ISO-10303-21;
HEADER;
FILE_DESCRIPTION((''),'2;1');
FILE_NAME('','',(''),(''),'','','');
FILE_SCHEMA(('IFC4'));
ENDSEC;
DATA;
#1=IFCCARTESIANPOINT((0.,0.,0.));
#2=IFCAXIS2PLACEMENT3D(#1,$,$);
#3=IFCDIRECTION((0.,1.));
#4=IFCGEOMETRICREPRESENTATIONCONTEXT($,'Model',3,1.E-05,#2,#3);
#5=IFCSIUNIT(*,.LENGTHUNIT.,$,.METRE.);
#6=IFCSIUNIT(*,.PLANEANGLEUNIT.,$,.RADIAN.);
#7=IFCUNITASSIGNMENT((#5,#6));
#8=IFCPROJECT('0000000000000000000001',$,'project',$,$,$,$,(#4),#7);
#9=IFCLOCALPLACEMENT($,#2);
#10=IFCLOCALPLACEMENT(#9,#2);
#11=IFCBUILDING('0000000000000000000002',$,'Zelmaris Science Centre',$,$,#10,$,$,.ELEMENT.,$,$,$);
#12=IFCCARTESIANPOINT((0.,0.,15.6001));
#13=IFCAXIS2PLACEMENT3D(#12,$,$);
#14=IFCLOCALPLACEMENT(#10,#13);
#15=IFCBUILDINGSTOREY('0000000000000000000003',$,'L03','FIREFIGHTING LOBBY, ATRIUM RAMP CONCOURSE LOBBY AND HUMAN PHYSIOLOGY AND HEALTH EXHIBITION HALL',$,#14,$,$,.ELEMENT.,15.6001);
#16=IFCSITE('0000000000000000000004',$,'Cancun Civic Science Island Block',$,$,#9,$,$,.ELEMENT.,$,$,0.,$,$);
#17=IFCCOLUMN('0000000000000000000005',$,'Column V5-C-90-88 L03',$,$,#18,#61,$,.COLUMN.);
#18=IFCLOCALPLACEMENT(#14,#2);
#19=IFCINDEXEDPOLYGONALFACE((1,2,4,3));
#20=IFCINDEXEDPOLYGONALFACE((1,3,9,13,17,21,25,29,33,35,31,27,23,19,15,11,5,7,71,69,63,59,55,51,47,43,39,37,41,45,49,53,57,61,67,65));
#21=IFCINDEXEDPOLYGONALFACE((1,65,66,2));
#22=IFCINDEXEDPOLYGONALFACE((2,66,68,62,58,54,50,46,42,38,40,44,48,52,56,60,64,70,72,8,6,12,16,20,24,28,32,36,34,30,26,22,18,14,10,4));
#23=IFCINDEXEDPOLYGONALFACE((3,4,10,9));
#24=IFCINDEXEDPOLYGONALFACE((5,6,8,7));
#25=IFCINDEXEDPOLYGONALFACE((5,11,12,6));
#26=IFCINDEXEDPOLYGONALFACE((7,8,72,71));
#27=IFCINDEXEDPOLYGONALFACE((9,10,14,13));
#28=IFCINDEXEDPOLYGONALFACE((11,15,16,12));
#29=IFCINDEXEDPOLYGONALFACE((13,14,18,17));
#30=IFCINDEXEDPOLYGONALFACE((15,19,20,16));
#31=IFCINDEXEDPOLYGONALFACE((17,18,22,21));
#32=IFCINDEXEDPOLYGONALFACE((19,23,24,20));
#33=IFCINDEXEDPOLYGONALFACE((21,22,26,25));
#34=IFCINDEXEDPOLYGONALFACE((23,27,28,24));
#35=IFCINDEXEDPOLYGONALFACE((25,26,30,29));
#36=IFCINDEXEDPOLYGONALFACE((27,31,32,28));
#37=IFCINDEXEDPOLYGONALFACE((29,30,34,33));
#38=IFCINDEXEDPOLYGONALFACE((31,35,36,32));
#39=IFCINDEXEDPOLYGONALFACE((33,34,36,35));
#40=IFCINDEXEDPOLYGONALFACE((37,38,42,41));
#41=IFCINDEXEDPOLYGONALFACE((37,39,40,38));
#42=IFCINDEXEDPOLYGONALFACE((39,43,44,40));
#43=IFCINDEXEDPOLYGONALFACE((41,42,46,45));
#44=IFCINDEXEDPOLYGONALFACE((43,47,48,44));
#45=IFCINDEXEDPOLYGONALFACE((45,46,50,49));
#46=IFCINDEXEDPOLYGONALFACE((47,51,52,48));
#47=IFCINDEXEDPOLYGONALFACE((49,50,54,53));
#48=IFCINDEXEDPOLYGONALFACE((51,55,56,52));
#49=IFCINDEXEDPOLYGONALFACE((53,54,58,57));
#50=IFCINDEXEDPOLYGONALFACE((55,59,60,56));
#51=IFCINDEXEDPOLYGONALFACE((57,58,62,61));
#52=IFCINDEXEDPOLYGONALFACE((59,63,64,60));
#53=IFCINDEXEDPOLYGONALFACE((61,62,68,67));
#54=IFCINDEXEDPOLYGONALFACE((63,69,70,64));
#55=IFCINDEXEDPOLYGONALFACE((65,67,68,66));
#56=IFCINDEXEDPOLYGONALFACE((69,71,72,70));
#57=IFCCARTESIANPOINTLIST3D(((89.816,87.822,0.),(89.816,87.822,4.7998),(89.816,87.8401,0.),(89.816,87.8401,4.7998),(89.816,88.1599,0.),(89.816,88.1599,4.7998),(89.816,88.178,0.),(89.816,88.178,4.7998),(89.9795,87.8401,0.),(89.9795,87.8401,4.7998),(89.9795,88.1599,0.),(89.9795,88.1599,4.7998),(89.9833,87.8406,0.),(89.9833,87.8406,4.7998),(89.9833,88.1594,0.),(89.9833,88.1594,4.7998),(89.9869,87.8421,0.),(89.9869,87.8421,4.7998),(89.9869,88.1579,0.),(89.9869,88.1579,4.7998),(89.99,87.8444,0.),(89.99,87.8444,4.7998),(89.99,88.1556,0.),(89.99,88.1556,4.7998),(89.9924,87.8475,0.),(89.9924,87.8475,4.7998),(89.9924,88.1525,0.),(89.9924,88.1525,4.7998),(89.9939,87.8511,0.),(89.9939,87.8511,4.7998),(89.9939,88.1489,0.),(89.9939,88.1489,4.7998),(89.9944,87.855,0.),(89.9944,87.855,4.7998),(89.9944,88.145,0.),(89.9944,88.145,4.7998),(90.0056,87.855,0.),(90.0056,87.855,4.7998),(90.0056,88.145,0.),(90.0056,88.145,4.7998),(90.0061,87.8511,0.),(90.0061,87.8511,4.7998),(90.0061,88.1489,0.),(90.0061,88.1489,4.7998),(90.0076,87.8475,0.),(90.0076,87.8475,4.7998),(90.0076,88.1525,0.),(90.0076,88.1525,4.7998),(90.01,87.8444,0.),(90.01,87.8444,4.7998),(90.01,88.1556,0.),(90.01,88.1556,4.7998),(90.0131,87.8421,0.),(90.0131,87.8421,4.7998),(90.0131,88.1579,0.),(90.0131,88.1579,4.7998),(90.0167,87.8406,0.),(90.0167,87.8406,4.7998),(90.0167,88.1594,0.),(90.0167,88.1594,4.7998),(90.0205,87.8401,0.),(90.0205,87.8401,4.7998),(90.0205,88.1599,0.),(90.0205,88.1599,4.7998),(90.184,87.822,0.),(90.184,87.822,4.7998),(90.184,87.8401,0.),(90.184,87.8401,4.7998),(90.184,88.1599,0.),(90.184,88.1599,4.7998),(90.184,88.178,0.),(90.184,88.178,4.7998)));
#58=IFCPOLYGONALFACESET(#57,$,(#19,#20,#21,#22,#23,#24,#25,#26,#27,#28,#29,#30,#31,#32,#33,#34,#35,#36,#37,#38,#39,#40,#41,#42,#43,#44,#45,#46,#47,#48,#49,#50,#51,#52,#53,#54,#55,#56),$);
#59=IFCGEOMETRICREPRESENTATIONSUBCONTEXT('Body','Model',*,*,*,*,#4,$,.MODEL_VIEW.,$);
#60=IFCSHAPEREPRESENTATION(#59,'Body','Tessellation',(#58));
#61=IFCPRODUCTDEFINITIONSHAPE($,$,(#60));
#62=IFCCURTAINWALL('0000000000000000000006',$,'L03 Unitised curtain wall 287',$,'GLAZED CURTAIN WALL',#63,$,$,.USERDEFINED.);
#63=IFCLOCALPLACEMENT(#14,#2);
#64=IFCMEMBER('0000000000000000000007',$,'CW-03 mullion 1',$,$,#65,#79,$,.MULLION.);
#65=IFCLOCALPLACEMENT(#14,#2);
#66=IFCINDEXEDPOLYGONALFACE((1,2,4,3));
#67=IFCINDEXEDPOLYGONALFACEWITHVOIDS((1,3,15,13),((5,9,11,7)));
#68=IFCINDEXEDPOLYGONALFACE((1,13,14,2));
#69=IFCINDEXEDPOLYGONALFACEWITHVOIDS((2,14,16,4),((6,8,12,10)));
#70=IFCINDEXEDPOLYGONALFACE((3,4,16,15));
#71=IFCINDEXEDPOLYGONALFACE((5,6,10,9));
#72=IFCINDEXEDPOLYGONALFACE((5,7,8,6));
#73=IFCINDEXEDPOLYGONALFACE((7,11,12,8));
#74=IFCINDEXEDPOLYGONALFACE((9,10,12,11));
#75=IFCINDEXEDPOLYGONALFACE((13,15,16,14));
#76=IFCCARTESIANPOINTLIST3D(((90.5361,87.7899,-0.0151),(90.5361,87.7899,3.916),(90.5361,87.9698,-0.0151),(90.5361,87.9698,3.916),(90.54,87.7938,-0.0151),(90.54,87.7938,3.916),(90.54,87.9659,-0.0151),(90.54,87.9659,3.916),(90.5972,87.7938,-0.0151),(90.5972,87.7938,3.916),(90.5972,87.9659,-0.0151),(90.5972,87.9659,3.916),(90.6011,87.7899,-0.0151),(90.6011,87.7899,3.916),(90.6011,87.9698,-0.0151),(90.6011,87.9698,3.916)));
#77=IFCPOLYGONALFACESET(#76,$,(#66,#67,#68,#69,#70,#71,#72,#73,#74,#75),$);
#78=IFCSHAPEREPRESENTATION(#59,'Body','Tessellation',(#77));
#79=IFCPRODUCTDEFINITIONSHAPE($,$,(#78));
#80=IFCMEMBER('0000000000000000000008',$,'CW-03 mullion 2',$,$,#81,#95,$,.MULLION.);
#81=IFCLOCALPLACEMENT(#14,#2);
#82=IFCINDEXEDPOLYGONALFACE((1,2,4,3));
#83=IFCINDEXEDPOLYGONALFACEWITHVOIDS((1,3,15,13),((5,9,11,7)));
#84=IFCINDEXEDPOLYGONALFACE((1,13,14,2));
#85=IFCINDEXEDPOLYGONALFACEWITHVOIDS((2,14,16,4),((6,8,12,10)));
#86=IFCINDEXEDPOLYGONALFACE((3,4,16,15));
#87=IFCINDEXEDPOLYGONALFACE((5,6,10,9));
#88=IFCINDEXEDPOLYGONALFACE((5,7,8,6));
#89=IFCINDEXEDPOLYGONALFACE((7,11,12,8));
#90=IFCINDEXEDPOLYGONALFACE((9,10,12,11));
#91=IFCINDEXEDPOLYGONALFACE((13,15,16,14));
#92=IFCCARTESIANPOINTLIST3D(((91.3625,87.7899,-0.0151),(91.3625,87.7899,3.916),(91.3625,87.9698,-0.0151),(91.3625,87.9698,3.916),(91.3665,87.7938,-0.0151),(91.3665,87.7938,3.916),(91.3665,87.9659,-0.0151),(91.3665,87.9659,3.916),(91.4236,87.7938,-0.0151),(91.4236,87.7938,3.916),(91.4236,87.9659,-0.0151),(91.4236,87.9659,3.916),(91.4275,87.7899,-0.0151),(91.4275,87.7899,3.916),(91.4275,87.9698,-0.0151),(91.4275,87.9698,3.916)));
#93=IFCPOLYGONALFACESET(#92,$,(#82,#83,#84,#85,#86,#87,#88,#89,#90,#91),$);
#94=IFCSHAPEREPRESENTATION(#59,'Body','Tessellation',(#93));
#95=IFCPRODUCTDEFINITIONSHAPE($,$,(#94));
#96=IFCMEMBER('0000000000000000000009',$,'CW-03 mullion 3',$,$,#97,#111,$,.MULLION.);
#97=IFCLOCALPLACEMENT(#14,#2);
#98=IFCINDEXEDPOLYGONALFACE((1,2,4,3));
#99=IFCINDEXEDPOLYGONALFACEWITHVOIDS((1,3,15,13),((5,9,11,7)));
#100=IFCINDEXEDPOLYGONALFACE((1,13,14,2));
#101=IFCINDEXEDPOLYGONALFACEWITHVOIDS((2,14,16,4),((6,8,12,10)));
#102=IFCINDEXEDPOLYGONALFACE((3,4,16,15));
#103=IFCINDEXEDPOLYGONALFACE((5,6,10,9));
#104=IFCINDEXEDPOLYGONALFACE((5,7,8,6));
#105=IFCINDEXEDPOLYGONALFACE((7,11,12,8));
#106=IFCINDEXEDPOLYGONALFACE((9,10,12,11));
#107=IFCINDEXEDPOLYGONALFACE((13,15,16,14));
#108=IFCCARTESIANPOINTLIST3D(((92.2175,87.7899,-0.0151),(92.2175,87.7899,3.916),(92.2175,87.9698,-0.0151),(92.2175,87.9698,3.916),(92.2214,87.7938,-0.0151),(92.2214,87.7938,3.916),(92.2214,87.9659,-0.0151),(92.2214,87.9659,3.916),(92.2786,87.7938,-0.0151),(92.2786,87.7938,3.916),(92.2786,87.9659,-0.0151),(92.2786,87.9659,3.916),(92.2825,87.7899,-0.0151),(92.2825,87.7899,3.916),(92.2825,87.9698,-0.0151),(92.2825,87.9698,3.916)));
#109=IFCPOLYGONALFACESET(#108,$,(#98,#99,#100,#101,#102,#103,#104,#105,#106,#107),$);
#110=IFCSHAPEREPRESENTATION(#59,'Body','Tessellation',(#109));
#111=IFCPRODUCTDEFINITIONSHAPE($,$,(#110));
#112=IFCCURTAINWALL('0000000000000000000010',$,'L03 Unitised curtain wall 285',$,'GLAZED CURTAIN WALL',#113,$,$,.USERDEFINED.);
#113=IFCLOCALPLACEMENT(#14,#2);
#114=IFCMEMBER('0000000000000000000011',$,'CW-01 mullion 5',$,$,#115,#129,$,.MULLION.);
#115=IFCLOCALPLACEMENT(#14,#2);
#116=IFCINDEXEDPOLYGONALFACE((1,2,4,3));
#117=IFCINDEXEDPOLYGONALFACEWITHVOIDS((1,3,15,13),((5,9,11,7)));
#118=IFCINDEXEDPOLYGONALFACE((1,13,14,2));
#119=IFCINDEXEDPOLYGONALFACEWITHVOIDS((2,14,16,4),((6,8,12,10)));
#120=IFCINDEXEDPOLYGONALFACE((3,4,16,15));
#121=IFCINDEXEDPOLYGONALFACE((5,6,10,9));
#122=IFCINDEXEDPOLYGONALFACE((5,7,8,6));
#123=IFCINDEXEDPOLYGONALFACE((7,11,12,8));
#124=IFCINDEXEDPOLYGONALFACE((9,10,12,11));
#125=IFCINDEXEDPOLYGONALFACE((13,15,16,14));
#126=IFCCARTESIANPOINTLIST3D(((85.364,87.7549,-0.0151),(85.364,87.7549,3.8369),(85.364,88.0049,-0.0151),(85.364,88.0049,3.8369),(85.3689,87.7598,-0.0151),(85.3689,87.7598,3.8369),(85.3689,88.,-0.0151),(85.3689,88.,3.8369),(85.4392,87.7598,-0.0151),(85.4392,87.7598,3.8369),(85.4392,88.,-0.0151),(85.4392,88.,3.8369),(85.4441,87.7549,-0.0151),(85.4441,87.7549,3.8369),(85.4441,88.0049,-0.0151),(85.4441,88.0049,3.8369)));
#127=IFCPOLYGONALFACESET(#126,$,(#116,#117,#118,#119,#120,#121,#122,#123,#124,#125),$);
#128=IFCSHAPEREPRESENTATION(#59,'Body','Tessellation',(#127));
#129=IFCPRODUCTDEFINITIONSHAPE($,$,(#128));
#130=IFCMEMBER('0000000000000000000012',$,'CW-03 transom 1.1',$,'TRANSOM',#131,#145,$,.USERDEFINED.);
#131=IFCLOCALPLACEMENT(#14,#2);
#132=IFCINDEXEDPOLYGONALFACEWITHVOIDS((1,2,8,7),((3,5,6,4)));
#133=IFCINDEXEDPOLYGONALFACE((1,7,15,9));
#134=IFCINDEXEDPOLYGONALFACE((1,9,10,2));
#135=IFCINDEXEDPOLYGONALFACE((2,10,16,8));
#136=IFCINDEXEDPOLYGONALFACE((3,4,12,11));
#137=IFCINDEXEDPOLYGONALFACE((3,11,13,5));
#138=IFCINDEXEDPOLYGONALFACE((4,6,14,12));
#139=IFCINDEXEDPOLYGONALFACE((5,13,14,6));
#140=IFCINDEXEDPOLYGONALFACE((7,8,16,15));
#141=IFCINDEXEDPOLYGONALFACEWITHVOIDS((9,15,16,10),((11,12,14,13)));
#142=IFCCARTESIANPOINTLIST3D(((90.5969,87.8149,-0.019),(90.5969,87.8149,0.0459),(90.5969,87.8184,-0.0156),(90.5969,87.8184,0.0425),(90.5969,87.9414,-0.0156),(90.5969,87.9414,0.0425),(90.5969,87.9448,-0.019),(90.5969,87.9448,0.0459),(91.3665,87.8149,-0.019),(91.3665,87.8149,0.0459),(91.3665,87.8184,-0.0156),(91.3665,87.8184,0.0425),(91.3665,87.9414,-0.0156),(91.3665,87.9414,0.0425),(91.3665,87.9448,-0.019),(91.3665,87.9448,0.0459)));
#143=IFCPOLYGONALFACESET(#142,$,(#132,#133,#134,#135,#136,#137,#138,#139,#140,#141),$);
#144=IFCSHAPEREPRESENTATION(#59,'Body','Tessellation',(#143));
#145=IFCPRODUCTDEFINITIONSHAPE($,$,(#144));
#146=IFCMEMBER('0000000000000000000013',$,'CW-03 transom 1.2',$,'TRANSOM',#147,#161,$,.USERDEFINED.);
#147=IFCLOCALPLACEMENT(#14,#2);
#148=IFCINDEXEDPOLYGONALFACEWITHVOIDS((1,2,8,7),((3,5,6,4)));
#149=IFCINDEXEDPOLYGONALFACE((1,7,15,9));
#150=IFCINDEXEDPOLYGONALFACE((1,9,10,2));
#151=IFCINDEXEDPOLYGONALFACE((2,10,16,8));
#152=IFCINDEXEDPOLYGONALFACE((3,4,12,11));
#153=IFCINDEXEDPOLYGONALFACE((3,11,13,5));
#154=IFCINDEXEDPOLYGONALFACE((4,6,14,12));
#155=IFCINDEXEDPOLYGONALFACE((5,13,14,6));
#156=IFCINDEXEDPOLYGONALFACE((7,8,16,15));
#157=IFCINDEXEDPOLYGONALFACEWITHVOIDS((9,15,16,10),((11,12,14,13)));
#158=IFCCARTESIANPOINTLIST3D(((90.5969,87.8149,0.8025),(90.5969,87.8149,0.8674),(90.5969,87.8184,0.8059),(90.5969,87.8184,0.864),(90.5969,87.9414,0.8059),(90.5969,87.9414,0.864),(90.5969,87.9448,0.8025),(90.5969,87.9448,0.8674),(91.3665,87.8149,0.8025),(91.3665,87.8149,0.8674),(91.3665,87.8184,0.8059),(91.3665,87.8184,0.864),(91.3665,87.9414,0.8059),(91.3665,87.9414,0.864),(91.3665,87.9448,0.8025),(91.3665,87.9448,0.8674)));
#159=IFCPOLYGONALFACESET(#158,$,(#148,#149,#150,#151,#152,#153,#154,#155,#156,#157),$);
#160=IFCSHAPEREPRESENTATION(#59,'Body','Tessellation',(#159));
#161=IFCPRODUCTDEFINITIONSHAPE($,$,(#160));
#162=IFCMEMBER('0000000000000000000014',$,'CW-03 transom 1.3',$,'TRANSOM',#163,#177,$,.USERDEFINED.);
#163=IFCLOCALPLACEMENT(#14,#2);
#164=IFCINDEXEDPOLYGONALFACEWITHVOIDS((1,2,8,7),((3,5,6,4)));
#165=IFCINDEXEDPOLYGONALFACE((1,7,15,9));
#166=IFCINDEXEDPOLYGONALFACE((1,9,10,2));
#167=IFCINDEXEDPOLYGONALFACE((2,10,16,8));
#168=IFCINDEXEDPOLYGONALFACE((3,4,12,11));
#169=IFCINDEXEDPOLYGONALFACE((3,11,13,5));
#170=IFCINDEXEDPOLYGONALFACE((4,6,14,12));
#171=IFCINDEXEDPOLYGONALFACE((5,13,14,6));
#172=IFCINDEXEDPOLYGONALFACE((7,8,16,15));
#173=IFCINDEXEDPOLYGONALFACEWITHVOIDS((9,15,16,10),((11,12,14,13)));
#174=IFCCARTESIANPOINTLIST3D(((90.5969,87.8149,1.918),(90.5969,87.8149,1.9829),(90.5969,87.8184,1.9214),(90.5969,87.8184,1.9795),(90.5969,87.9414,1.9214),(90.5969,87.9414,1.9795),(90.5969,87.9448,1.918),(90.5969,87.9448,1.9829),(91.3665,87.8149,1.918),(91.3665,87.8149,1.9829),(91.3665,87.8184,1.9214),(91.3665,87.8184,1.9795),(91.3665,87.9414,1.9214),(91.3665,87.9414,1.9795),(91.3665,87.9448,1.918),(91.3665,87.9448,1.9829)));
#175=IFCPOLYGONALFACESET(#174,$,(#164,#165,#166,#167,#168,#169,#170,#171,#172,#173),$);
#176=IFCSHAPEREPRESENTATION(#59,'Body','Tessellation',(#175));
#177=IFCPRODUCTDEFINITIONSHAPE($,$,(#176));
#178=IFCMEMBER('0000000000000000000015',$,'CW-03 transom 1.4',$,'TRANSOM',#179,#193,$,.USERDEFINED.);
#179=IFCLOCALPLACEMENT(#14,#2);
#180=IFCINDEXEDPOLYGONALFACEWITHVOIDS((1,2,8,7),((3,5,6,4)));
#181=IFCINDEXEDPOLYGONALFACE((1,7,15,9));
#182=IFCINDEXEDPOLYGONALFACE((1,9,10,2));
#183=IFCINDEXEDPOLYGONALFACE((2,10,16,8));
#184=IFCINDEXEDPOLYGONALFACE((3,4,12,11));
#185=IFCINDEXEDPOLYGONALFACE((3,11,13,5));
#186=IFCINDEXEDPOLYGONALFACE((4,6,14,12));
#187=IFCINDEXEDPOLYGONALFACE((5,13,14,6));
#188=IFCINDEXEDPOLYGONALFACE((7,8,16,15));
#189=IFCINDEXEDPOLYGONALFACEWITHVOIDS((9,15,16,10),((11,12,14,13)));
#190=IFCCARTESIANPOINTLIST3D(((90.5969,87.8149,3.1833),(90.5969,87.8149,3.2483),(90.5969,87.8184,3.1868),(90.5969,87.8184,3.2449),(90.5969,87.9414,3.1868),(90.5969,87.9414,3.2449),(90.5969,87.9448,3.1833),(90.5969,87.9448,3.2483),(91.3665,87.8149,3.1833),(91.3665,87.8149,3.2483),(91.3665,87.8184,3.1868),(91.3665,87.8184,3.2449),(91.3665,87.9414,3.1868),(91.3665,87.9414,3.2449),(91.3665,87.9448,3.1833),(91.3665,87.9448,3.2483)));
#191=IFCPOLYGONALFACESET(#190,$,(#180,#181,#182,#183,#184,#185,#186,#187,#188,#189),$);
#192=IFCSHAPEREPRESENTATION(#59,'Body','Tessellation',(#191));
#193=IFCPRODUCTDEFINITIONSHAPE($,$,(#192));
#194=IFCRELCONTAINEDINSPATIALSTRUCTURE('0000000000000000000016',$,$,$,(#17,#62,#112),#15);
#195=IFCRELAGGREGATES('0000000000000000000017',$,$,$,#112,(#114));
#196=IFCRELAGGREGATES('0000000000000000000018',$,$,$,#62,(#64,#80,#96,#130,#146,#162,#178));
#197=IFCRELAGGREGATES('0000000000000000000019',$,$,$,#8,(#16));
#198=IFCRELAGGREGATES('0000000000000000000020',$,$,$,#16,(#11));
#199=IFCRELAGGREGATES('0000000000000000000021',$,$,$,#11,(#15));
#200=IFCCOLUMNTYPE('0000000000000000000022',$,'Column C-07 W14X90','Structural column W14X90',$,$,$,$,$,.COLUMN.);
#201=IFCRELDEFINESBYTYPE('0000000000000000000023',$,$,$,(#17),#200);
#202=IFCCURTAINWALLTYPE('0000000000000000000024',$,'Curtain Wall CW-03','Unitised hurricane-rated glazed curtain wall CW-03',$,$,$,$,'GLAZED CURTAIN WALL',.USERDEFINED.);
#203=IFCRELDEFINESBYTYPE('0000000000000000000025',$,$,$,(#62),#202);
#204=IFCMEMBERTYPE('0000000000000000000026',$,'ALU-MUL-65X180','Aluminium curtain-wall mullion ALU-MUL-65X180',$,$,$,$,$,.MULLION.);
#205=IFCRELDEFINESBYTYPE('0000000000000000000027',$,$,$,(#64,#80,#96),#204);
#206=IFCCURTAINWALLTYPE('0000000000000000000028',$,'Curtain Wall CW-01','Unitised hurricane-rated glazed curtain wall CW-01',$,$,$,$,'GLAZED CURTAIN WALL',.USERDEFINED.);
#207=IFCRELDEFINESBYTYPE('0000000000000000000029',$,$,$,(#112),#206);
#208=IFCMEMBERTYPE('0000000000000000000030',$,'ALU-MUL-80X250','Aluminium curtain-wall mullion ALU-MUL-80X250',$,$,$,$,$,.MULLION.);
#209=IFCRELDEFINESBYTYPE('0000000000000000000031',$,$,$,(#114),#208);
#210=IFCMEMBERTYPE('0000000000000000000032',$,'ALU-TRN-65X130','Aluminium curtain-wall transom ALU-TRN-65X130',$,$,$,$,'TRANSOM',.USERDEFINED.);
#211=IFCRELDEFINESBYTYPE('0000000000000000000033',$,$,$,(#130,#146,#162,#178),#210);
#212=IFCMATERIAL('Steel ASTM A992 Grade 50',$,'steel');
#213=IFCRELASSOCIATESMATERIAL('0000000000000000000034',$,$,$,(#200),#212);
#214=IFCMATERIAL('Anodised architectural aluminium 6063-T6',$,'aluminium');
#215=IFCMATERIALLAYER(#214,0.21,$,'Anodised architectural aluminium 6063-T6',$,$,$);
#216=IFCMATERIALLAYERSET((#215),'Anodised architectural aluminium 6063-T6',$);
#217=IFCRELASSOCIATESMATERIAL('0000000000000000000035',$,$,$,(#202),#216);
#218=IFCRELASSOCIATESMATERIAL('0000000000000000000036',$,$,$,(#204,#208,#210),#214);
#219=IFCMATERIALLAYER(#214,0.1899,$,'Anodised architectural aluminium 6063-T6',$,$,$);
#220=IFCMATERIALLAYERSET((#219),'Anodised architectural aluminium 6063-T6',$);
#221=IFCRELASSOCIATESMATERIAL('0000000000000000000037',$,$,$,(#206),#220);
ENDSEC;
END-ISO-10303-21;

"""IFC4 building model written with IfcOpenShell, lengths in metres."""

from ifc_helpers import new_model, si_unit, direction, frame, origin, origin_2d, place, context, subcontext, project, spatial, hollow_rectangle, i_section, extrude, material, layer, layer_set, material_profile, profile_set, type_object, element, aggregate, save


model = new_model("IFC4")

# Units and contexts
model_context = context("Model", 3, precision=1e-05, world=origin(), true_north=direction((0.0, 1.0)))
body_context = subcontext(model_context, "Body", "Model", "MODEL_VIEW")
ifc_project = project(units=[si_unit("LENGTHUNIT", "METRE"), si_unit("PLANEANGLEUNIT", "RADIAN")], contexts=[model_context])

# Site, building, storey
site_placement = place(None, origin())
site = spatial("IfcSite", under=ifc_project, at=site_placement, Name="Cancun Civic Science Island Block", CompositionType="ELEMENT", RefElevation=0.0)
building_placement = place(site_placement, origin())
building = spatial("IfcBuilding", under=site, at=building_placement, Name="Zelmaris Science Centre", CompositionType="ELEMENT")
storey_placement = place(building_placement, frame((0.0, 0.0, 15.6001)))
storey = spatial("IfcBuildingStorey", under=building, at=storey_placement, Name="L03", Description="FIREFIGHTING LOBBY, ATRIUM RAMP CONCOURSE LOBBY AND HUMAN PHYSIOLOGY AND HEALTH EXHIBITION HALL", CompositionType="ELEMENT", Elevation=15.6001)

# Column
ifc_material_1 = material(Name="Steel ASTM A992 Grade 50", Category="steel")
ifc_material_profile_1 = material_profile(ifc_material_1, i_section(OverallWidth=0.3679, OverallDepth=0.356, WebThickness=0.0112, FlangeThickness=0.0181, FilletRadius=0.0149, at=origin_2d()), Name="W14X90")
ifc_profile_set_1 = profile_set([ifc_material_profile_1], Name="Steel ASTM A992 Grade 50")
column_type = type_object("IfcColumnType", Name="Column C-07 W14X90", Description="Structural column W14X90", PredefinedType="COLUMN", material=ifc_profile_set_1)
column_placement = place(storey_placement, frame((90.0, 88.0, 0.0), z_axis=(0.0, 0.0, 1.0), x_axis=(1.0, 0.0, 0.0)))
element("IfcColumn", 1, at=column_placement, inside=storey, type_object=column_type, Name="Column V5-C-90-88 L03", PredefinedType="COLUMN", context=body_context, shape_type="SweptSolid", body=[
    extrude(i_section(OverallWidth=0.3679, OverallDepth=0.356, WebThickness=0.0112, FlangeThickness=0.0181, FilletRadius=0.0149, at=origin_2d()), origin(), (0.0, 0.0, 1.0), 4.7998),
])

# Curtain wall, members
ifc_material_2 = material(Name="Anodised architectural aluminium 6063-T6", Category="aluminium")
ifc_layer_1 = layer(ifc_material_2, 0.21, Name="Anodised architectural aluminium 6063-T6")
ifc_layer_set_1 = layer_set([ifc_layer_1], Name="Anodised architectural aluminium 6063-T6")
curtain_wall_type_1 = type_object("IfcCurtainWallType", Name="Curtain Wall CW-03", Description="Unitised hurricane-rated glazed curtain wall CW-03", ElementType="GLAZED CURTAIN WALL", PredefinedType="USERDEFINED", material=ifc_layer_set_1)
curtain_wall_1_placement = place(storey_placement, origin())
curtain_wall_1 = element("IfcCurtainWall", 2, at=curtain_wall_1_placement, inside=storey, type_object=curtain_wall_type_1, Name="L03 Unitised curtain wall 287", ObjectType="GLAZED CURTAIN WALL", PredefinedType="USERDEFINED")
ifc_material_profile_2 = material_profile(ifc_material_2, hollow_rectangle(XDim=0.0649, YDim=0.1799, WallThickness=0.0039, at=origin_2d()), Name="ALU-MUL-65X180")
ifc_profile_set_2 = profile_set([ifc_material_profile_2], Name="Anodised architectural aluminium 6063-T6")
member_type_1 = type_object("IfcMemberType", Name="ALU-MUL-65X180", Description="Aluminium curtain-wall mullion ALU-MUL-65X180", PredefinedType="MULLION", material=ifc_profile_set_2)
member_1_placement = place(storey_placement, frame((90.5686, 87.8799, -0.0151), z_axis=(0.0, 0.0, 1.0), x_axis=(1.0, 0.0, 0.0)))
member_1 = element("IfcMember", 3, at=member_1_placement, type_object=member_type_1, Name="CW-03 mullion 1", PredefinedType="MULLION", context=body_context, shape_type="SweptSolid", body=[
    extrude(hollow_rectangle(XDim=0.0649, YDim=0.1799, WallThickness=0.0039, at=origin_2d()), origin(), (0.0, 0.0, 1.0), 3.9312),
])
member_2_placement = place(storey_placement, frame((91.395, 87.8799, -0.0151), z_axis=(0.0, 0.0, 1.0), x_axis=(1.0, 0.0, 0.0)))
member_2 = element("IfcMember", 4, at=member_2_placement, type_object=member_type_1, Name="CW-03 mullion 2", PredefinedType="MULLION", context=body_context, shape_type="SweptSolid", body=[
    extrude(hollow_rectangle(XDim=0.0649, YDim=0.1799, WallThickness=0.0039, at=origin_2d()), origin(), (0.0, 0.0, 1.0), 3.9312),
])
member_3_placement = place(storey_placement, frame((92.25, 87.8799, -0.0151), z_axis=(0.0, 0.0, 1.0), x_axis=(1.0, 0.0, 0.0)))
member_3 = element("IfcMember", 5, at=member_3_placement, type_object=member_type_1, Name="CW-03 mullion 3", PredefinedType="MULLION", context=body_context, shape_type="SweptSolid", body=[
    extrude(hollow_rectangle(XDim=0.0649, YDim=0.1799, WallThickness=0.0039, at=origin_2d()), origin(), (0.0, 0.0, 1.0), 3.9312),
])

# Curtain wall, member
ifc_layer_2 = layer(ifc_material_2, 0.1899, Name="Anodised architectural aluminium 6063-T6")
ifc_layer_set_2 = layer_set([ifc_layer_2], Name="Anodised architectural aluminium 6063-T6")
curtain_wall_type_2 = type_object("IfcCurtainWallType", Name="Curtain Wall CW-01", Description="Unitised hurricane-rated glazed curtain wall CW-01", ElementType="GLAZED CURTAIN WALL", PredefinedType="USERDEFINED", material=ifc_layer_set_2)
curtain_wall_2_placement = place(storey_placement, origin())
curtain_wall_2 = element("IfcCurtainWall", 6, at=curtain_wall_2_placement, inside=storey, type_object=curtain_wall_type_2, Name="L03 Unitised curtain wall 285", ObjectType="GLAZED CURTAIN WALL", PredefinedType="USERDEFINED")
ifc_material_profile_3 = material_profile(ifc_material_2, hollow_rectangle(XDim=0.0801, YDim=0.25, WallThickness=0.0049, at=origin_2d()), Name="ALU-MUL-80X250")
ifc_profile_set_3 = profile_set([ifc_material_profile_3], Name="Anodised architectural aluminium 6063-T6")
member_type_2 = type_object("IfcMemberType", Name="ALU-MUL-80X250", Description="Aluminium curtain-wall mullion ALU-MUL-80X250", PredefinedType="MULLION", material=ifc_profile_set_3)
member_4_placement = place(storey_placement, frame((85.4041, 87.8799, -0.0151), z_axis=(0.0, 0.0, 1.0), x_axis=(1.0, 0.0, 0.0)))
member_4 = element("IfcMember", 7, at=member_4_placement, type_object=member_type_2, Name="CW-01 mullion 5", PredefinedType="MULLION", context=body_context, shape_type="SweptSolid", body=[
    extrude(hollow_rectangle(XDim=0.0801, YDim=0.25, WallThickness=0.0049, at=origin_2d()), origin(), (0.0, 0.0, 1.0), 3.8521),
])

# Members
ifc_material_profile_4 = material_profile(ifc_material_2, hollow_rectangle(XDim=0.0649, YDim=0.1299, WallThickness=0.0034, at=origin_2d()), Name="ALU-TRN-65X130")
ifc_profile_set_4 = profile_set([ifc_material_profile_4], Name="Anodised architectural aluminium 6063-T6")
member_type_3 = type_object("IfcMemberType", Name="ALU-TRN-65X130", Description="Aluminium curtain-wall transom ALU-TRN-65X130", ElementType="TRANSOM", PredefinedType="USERDEFINED", material=ifc_profile_set_4)
member_5_placement = place(storey_placement, frame((90.5969, 87.8799, 0.0134), z_axis=(1.0, 0.0, 0.0), x_axis=(0.0, 0.0, 1.0)))
member_5 = element("IfcMember", 8, at=member_5_placement, type_object=member_type_3, Name="CW-03 transom 1.1", ObjectType="TRANSOM", PredefinedType="USERDEFINED", context=body_context, shape_type="SweptSolid", body=[
    extrude(hollow_rectangle(XDim=0.0649, YDim=0.1299, WallThickness=0.0034, at=origin_2d()), origin(), (0.0, 0.0, 1.0), 0.7695),
])
member_6_placement = place(storey_placement, frame((90.5969, 87.8799, 0.835), z_axis=(1.0, 0.0, 0.0), x_axis=(0.0, 0.0, 1.0)))
member_6 = element("IfcMember", 9, at=member_6_placement, type_object=member_type_3, Name="CW-03 transom 1.2", ObjectType="TRANSOM", PredefinedType="USERDEFINED", context=body_context, shape_type="SweptSolid", body=[
    extrude(hollow_rectangle(XDim=0.0649, YDim=0.1299, WallThickness=0.0034, at=origin_2d()), origin(), (0.0, 0.0, 1.0), 0.7695),
])
member_7_placement = place(storey_placement, frame((90.5969, 87.8799, 1.9504), z_axis=(1.0, 0.0, 0.0), x_axis=(0.0, 0.0, 1.0)))
member_7 = element("IfcMember", 10, at=member_7_placement, type_object=member_type_3, Name="CW-03 transom 1.3", ObjectType="TRANSOM", PredefinedType="USERDEFINED", context=body_context, shape_type="SweptSolid", body=[
    extrude(hollow_rectangle(XDim=0.0649, YDim=0.1299, WallThickness=0.0034, at=origin_2d()), origin(), (0.0, 0.0, 1.0), 0.7695),
])
member_8_placement = place(storey_placement, frame((90.5969, 87.8799, 3.2158), z_axis=(1.0, 0.0, 0.0), x_axis=(0.0, 0.0, 1.0)))
member_8 = element("IfcMember", 11, at=member_8_placement, type_object=member_type_3, Name="CW-03 transom 1.4", ObjectType="TRANSOM", PredefinedType="USERDEFINED", context=body_context, shape_type="SweptSolid", body=[
    extrude(hollow_rectangle(XDim=0.0649, YDim=0.1299, WallThickness=0.0034, at=origin_2d()), origin(), (0.0, 0.0, 1.0), 0.7695),
])

aggregate(curtain_wall_2, [member_4])
aggregate(curtain_wall_1, [member_1, member_2, member_3, member_5, member_6, member_7, member_8])

save(model, "model.ifc")
